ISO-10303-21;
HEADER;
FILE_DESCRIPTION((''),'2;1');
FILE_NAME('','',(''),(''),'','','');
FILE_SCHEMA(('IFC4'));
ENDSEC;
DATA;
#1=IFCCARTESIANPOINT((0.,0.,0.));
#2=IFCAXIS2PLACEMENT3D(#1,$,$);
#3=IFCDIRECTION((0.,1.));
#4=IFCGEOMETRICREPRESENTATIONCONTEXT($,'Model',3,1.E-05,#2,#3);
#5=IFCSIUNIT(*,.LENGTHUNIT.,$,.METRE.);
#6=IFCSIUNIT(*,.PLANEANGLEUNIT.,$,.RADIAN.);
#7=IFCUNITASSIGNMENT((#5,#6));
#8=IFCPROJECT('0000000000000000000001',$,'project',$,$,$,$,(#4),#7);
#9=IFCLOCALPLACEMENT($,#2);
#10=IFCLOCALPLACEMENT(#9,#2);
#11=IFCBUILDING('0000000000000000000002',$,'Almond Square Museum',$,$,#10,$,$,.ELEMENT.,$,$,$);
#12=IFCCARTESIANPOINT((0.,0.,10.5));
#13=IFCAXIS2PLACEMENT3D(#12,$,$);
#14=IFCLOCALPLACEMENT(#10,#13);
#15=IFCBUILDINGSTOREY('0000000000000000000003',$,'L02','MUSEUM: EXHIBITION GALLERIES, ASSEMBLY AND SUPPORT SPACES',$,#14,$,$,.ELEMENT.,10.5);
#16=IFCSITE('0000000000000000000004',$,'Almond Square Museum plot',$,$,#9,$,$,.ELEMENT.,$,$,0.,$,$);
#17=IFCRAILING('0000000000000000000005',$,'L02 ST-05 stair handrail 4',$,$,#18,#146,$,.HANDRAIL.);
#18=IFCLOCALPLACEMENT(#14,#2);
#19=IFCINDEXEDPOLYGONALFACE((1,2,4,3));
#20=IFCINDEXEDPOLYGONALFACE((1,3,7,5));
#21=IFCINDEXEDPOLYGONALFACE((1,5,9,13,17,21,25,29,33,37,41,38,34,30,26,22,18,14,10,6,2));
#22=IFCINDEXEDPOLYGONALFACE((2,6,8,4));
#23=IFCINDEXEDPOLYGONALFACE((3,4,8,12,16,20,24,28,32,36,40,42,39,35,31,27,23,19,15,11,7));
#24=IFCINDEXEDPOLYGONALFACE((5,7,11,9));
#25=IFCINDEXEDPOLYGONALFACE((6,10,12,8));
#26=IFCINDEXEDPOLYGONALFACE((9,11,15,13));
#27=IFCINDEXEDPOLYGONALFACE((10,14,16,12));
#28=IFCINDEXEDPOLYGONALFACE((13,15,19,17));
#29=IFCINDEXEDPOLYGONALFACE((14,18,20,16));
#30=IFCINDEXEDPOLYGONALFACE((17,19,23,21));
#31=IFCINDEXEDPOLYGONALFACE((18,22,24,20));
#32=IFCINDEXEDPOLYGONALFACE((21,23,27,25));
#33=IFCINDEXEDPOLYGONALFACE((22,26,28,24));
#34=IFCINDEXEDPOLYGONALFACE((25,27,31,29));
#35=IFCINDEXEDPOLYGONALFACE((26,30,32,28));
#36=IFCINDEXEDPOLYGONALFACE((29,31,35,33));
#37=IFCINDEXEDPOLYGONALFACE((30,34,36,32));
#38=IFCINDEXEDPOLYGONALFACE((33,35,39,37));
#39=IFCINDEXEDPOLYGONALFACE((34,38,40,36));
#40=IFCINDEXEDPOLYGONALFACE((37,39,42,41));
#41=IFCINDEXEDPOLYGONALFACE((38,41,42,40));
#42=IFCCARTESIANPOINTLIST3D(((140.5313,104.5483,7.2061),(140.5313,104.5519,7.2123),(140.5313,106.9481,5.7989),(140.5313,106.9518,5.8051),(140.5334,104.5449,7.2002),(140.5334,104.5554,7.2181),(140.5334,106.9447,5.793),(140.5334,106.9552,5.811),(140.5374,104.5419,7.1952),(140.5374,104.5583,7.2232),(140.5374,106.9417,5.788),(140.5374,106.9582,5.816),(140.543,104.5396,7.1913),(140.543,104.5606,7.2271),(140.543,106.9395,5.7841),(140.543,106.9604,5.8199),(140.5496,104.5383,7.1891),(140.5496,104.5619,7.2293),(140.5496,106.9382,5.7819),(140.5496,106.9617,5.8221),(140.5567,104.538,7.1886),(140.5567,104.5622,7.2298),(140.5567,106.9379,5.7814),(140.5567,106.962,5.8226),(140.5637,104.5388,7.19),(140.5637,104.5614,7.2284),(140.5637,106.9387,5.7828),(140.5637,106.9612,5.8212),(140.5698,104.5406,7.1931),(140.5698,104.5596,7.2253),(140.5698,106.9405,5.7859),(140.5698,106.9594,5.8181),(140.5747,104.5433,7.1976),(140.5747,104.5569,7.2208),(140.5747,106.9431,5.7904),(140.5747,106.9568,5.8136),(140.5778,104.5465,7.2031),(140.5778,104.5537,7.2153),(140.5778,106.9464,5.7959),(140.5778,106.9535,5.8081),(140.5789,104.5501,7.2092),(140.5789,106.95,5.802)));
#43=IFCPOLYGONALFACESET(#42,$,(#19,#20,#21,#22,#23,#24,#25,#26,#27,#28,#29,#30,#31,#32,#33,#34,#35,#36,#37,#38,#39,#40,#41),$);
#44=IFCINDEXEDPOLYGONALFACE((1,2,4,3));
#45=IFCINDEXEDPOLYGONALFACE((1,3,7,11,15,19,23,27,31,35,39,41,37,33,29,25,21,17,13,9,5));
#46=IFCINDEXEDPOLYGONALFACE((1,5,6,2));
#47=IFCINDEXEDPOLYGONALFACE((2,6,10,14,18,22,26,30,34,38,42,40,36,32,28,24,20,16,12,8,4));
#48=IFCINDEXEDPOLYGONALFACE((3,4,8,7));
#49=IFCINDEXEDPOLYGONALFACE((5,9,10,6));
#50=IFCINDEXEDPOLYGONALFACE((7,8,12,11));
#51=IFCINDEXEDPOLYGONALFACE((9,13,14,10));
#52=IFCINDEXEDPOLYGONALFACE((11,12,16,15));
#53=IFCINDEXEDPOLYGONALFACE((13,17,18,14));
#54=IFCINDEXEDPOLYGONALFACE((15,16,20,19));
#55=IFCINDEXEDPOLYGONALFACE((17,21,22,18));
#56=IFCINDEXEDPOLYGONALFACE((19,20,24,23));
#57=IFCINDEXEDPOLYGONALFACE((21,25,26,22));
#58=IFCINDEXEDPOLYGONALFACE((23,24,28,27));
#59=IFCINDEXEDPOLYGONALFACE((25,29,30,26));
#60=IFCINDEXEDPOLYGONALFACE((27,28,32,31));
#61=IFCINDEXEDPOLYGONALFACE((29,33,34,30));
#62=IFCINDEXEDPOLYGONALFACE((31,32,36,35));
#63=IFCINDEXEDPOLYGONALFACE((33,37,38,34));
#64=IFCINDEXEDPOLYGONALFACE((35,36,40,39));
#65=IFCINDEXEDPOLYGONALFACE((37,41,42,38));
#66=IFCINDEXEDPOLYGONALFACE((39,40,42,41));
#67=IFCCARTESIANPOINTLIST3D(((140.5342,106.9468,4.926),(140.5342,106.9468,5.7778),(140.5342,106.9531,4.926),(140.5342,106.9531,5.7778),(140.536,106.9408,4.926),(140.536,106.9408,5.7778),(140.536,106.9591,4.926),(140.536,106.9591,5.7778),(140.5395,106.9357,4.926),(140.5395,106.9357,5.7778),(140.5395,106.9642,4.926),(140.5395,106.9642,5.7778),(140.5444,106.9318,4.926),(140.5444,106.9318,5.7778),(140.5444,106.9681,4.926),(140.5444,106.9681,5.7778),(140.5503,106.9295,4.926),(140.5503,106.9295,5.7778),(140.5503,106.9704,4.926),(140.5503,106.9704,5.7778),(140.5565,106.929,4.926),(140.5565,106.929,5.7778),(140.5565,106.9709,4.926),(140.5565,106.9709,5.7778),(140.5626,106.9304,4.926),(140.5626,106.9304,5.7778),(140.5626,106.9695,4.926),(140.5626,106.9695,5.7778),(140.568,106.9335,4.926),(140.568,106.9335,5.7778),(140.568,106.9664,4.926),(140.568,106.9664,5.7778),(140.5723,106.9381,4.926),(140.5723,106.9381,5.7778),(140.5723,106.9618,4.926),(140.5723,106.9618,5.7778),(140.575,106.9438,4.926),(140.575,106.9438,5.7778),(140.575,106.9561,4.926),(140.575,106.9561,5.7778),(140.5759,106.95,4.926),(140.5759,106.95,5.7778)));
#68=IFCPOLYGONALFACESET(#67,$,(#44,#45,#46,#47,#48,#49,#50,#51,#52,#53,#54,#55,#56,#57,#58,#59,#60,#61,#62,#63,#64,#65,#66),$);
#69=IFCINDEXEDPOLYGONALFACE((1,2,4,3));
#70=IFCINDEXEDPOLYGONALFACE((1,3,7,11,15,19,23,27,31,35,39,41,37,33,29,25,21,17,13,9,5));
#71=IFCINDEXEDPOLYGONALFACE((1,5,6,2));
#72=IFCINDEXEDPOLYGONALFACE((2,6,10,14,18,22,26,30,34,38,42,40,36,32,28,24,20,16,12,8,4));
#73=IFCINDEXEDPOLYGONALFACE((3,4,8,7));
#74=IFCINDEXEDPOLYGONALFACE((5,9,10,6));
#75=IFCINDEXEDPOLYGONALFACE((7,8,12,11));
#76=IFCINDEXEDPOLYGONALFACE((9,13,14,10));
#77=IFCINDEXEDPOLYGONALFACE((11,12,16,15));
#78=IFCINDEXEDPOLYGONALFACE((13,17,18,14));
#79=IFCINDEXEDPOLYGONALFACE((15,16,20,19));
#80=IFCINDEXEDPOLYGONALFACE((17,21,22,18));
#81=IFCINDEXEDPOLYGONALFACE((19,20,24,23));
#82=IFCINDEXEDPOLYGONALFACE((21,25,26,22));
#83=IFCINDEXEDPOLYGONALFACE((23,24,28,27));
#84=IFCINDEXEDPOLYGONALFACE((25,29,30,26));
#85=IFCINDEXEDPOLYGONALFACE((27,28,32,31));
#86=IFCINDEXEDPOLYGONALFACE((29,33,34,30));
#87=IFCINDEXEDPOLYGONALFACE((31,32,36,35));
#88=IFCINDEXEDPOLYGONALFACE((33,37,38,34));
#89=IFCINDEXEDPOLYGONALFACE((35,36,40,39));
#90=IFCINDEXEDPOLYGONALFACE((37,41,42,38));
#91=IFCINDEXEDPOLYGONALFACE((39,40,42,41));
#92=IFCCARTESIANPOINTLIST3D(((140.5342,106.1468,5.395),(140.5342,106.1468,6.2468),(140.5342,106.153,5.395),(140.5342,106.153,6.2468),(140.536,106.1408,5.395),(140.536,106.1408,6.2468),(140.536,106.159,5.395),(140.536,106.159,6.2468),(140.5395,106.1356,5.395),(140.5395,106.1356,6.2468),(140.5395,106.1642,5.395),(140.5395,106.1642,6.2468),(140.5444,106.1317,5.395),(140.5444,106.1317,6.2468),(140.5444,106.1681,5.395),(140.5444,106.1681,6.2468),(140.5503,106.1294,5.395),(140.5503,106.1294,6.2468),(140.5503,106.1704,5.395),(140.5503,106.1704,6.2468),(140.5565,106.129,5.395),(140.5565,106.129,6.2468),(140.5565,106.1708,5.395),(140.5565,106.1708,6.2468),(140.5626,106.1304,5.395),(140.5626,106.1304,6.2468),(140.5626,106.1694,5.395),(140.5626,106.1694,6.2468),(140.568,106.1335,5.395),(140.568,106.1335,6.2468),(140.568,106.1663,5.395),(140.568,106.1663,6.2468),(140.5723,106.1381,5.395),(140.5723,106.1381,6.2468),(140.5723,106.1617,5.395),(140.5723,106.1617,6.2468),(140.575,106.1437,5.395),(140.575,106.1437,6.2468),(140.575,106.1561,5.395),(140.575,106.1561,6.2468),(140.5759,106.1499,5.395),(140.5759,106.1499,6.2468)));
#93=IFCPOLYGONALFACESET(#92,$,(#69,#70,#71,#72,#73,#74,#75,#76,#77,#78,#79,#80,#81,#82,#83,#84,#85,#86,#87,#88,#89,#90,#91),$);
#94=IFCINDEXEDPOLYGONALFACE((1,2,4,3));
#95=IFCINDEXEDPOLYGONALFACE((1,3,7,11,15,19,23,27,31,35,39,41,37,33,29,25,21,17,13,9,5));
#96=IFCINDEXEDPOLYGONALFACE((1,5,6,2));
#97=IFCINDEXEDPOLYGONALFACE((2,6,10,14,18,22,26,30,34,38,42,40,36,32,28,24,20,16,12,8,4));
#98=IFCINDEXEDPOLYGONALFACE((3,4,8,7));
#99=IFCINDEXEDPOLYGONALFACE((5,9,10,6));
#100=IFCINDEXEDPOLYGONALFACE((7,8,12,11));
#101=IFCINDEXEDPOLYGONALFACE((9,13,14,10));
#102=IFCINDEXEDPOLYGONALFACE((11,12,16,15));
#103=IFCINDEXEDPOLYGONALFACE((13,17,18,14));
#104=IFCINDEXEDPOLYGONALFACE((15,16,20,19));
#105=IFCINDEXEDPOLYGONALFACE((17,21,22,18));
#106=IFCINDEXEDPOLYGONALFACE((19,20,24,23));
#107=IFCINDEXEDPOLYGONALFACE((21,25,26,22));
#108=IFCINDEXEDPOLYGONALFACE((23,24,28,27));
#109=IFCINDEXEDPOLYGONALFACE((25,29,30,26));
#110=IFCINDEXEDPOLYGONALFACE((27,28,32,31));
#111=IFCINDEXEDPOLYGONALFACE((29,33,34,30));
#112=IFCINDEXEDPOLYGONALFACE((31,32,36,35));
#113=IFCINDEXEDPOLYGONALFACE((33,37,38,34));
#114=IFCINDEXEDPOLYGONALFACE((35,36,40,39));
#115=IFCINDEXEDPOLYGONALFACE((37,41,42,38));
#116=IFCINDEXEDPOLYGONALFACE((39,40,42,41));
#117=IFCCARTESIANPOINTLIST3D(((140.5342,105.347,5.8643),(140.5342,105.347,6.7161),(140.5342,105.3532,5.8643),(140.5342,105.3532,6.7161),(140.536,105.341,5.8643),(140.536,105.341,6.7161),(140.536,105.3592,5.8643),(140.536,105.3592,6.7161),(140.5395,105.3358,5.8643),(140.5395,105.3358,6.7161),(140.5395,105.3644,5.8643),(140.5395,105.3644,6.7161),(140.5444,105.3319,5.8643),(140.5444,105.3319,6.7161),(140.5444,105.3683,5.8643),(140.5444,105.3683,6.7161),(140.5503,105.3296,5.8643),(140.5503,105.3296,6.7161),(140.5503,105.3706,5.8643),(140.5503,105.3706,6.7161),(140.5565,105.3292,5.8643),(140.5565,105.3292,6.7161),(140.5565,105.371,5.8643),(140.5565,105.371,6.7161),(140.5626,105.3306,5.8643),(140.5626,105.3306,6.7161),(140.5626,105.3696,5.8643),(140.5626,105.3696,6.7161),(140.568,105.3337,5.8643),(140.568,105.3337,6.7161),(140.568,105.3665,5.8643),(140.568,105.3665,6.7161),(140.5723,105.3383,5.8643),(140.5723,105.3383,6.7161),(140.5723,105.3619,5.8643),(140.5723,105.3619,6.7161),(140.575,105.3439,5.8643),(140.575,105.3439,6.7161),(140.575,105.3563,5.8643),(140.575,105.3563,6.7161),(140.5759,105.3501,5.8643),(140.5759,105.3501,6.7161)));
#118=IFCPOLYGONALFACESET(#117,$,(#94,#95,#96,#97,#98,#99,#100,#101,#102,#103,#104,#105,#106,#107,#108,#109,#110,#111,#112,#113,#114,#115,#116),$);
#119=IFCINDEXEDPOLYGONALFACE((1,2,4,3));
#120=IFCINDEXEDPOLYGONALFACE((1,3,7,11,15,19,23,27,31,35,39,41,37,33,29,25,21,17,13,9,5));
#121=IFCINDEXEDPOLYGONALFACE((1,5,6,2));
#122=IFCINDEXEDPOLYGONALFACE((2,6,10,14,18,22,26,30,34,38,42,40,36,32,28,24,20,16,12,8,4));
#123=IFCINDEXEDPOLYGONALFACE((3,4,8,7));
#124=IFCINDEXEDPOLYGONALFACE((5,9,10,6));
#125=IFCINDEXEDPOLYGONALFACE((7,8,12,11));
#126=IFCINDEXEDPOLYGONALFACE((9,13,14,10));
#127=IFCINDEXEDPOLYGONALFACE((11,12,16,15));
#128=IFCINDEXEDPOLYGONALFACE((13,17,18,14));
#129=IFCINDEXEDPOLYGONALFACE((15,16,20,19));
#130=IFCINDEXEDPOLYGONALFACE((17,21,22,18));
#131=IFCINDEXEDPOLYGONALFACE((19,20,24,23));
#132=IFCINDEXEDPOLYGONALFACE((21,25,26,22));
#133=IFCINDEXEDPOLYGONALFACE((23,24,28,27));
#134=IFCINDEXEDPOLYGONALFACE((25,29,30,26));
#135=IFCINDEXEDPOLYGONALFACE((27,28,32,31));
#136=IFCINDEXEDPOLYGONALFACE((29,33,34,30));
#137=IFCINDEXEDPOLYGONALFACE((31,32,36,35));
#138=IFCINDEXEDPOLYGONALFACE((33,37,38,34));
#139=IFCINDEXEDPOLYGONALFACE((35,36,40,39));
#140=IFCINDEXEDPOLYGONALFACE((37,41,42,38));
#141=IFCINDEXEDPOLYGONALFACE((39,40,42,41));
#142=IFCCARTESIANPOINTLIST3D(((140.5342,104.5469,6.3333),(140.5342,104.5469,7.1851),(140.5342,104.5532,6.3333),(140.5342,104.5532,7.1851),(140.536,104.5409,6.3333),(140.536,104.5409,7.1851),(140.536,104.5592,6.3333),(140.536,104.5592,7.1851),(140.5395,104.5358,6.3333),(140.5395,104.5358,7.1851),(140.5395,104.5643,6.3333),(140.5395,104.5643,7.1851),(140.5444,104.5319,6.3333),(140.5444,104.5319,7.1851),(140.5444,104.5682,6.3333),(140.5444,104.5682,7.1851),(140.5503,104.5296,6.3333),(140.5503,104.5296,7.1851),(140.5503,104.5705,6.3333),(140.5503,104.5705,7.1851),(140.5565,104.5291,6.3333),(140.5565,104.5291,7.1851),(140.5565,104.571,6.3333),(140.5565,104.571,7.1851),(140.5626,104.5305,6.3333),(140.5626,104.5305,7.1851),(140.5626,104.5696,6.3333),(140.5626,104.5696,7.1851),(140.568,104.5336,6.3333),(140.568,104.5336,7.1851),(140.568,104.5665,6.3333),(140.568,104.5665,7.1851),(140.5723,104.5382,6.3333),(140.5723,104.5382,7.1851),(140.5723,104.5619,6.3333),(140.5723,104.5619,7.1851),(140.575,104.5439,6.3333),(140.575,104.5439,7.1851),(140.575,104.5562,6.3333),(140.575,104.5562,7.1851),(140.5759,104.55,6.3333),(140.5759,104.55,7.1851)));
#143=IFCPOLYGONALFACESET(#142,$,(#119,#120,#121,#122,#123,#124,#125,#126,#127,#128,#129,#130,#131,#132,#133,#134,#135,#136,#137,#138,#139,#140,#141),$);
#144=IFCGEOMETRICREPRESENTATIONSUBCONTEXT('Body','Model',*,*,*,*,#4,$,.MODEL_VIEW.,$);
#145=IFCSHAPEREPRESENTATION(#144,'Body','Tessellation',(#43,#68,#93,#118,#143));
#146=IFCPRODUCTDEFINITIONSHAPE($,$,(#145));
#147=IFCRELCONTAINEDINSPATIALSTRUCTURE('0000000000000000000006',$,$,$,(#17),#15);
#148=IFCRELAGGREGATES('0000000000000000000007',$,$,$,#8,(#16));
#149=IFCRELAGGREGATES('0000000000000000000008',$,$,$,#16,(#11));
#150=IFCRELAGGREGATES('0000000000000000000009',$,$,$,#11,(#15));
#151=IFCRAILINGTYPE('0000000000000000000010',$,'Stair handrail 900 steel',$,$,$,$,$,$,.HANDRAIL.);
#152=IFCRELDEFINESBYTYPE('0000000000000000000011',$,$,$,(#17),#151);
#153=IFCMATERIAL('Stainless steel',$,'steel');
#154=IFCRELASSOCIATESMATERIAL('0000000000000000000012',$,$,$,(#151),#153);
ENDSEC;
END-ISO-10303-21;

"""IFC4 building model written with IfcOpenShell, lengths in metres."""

from ifc_helpers import new_model, si_unit, direction, frame, origin, origin_2d, place, context, subcontext, project, spatial, circle, extrude, material, type_object, element, save


model = new_model("IFC4")

# Units and contexts
model_context = context("Model", 3, precision=1e-05, world=origin(), true_north=direction((0.0, 1.0)))
body_context = subcontext(model_context, "Body", "Model", "MODEL_VIEW")
ifc_project = project(units=[si_unit("LENGTHUNIT", "METRE"), si_unit("PLANEANGLEUNIT", "RADIAN")], contexts=[model_context])

# Site, building, storey
site_placement = place(None, origin())
site = spatial("IfcSite", under=ifc_project, at=site_placement, Name="Almond Square Museum plot", CompositionType="ELEMENT", RefElevation=0.0)
building_placement = place(site_placement, origin())
building = spatial("IfcBuilding", under=site, at=building_placement, Name="Almond Square Museum", CompositionType="ELEMENT")
storey_placement = place(building_placement, frame((0.0, 0.0, 10.5)))
storey = spatial("IfcBuildingStorey", under=building, at=storey_placement, Name="L02", Description="MUSEUM: EXHIBITION GALLERIES, ASSEMBLY AND SUPPORT SPACES", CompositionType="ELEMENT", Elevation=10.5)

# Railing
ifc_material_1 = material(Name="Stainless steel", Category="steel")
railing_type_1 = type_object("IfcRailingType", Name="Stair handrail 900 steel", PredefinedType="HANDRAIL", material=ifc_material_1)
railing_1_placement = place(storey_placement, frame((140.5549, 106.95, 4.926)))
element("IfcRailing", 1, at=railing_1_placement, inside=storey, type_object=railing_type_1, Name="L02 ST-05 stair handrail 4", PredefinedType="HANDRAIL", context=body_context, shape_type="SweptSolid", body=[
    extrude(circle(Radius=0.0239, at=origin_2d()), frame((0.0, 0.0, 0.876), z_axis=(0.0, -0.862637, 0.505823), x_axis=(1.0, 0.0, 0.0)), (0.0, 0.0, 1.0), 2.782),
    extrude(circle(Radius=0.021, at=origin_2d()), origin(), (0.0, 0.0, 1.0), 0.8518),
    extrude(circle(Radius=0.021, at=origin_2d()), frame((0.0, -0.8, 0.469)), (0.0, 0.0, 1.0), 0.8518),
    extrude(circle(Radius=0.021, at=origin_2d()), frame((0.0, -1.5999, 0.9382)), (0.0, 0.0, 1.0), 0.8518),
    extrude(circle(Radius=0.021, at=origin_2d()), frame((0.0, -2.3999, 1.4072)), (0.0, 0.0, 1.0), 0.8518),
])

save(model, "model.ifc")
